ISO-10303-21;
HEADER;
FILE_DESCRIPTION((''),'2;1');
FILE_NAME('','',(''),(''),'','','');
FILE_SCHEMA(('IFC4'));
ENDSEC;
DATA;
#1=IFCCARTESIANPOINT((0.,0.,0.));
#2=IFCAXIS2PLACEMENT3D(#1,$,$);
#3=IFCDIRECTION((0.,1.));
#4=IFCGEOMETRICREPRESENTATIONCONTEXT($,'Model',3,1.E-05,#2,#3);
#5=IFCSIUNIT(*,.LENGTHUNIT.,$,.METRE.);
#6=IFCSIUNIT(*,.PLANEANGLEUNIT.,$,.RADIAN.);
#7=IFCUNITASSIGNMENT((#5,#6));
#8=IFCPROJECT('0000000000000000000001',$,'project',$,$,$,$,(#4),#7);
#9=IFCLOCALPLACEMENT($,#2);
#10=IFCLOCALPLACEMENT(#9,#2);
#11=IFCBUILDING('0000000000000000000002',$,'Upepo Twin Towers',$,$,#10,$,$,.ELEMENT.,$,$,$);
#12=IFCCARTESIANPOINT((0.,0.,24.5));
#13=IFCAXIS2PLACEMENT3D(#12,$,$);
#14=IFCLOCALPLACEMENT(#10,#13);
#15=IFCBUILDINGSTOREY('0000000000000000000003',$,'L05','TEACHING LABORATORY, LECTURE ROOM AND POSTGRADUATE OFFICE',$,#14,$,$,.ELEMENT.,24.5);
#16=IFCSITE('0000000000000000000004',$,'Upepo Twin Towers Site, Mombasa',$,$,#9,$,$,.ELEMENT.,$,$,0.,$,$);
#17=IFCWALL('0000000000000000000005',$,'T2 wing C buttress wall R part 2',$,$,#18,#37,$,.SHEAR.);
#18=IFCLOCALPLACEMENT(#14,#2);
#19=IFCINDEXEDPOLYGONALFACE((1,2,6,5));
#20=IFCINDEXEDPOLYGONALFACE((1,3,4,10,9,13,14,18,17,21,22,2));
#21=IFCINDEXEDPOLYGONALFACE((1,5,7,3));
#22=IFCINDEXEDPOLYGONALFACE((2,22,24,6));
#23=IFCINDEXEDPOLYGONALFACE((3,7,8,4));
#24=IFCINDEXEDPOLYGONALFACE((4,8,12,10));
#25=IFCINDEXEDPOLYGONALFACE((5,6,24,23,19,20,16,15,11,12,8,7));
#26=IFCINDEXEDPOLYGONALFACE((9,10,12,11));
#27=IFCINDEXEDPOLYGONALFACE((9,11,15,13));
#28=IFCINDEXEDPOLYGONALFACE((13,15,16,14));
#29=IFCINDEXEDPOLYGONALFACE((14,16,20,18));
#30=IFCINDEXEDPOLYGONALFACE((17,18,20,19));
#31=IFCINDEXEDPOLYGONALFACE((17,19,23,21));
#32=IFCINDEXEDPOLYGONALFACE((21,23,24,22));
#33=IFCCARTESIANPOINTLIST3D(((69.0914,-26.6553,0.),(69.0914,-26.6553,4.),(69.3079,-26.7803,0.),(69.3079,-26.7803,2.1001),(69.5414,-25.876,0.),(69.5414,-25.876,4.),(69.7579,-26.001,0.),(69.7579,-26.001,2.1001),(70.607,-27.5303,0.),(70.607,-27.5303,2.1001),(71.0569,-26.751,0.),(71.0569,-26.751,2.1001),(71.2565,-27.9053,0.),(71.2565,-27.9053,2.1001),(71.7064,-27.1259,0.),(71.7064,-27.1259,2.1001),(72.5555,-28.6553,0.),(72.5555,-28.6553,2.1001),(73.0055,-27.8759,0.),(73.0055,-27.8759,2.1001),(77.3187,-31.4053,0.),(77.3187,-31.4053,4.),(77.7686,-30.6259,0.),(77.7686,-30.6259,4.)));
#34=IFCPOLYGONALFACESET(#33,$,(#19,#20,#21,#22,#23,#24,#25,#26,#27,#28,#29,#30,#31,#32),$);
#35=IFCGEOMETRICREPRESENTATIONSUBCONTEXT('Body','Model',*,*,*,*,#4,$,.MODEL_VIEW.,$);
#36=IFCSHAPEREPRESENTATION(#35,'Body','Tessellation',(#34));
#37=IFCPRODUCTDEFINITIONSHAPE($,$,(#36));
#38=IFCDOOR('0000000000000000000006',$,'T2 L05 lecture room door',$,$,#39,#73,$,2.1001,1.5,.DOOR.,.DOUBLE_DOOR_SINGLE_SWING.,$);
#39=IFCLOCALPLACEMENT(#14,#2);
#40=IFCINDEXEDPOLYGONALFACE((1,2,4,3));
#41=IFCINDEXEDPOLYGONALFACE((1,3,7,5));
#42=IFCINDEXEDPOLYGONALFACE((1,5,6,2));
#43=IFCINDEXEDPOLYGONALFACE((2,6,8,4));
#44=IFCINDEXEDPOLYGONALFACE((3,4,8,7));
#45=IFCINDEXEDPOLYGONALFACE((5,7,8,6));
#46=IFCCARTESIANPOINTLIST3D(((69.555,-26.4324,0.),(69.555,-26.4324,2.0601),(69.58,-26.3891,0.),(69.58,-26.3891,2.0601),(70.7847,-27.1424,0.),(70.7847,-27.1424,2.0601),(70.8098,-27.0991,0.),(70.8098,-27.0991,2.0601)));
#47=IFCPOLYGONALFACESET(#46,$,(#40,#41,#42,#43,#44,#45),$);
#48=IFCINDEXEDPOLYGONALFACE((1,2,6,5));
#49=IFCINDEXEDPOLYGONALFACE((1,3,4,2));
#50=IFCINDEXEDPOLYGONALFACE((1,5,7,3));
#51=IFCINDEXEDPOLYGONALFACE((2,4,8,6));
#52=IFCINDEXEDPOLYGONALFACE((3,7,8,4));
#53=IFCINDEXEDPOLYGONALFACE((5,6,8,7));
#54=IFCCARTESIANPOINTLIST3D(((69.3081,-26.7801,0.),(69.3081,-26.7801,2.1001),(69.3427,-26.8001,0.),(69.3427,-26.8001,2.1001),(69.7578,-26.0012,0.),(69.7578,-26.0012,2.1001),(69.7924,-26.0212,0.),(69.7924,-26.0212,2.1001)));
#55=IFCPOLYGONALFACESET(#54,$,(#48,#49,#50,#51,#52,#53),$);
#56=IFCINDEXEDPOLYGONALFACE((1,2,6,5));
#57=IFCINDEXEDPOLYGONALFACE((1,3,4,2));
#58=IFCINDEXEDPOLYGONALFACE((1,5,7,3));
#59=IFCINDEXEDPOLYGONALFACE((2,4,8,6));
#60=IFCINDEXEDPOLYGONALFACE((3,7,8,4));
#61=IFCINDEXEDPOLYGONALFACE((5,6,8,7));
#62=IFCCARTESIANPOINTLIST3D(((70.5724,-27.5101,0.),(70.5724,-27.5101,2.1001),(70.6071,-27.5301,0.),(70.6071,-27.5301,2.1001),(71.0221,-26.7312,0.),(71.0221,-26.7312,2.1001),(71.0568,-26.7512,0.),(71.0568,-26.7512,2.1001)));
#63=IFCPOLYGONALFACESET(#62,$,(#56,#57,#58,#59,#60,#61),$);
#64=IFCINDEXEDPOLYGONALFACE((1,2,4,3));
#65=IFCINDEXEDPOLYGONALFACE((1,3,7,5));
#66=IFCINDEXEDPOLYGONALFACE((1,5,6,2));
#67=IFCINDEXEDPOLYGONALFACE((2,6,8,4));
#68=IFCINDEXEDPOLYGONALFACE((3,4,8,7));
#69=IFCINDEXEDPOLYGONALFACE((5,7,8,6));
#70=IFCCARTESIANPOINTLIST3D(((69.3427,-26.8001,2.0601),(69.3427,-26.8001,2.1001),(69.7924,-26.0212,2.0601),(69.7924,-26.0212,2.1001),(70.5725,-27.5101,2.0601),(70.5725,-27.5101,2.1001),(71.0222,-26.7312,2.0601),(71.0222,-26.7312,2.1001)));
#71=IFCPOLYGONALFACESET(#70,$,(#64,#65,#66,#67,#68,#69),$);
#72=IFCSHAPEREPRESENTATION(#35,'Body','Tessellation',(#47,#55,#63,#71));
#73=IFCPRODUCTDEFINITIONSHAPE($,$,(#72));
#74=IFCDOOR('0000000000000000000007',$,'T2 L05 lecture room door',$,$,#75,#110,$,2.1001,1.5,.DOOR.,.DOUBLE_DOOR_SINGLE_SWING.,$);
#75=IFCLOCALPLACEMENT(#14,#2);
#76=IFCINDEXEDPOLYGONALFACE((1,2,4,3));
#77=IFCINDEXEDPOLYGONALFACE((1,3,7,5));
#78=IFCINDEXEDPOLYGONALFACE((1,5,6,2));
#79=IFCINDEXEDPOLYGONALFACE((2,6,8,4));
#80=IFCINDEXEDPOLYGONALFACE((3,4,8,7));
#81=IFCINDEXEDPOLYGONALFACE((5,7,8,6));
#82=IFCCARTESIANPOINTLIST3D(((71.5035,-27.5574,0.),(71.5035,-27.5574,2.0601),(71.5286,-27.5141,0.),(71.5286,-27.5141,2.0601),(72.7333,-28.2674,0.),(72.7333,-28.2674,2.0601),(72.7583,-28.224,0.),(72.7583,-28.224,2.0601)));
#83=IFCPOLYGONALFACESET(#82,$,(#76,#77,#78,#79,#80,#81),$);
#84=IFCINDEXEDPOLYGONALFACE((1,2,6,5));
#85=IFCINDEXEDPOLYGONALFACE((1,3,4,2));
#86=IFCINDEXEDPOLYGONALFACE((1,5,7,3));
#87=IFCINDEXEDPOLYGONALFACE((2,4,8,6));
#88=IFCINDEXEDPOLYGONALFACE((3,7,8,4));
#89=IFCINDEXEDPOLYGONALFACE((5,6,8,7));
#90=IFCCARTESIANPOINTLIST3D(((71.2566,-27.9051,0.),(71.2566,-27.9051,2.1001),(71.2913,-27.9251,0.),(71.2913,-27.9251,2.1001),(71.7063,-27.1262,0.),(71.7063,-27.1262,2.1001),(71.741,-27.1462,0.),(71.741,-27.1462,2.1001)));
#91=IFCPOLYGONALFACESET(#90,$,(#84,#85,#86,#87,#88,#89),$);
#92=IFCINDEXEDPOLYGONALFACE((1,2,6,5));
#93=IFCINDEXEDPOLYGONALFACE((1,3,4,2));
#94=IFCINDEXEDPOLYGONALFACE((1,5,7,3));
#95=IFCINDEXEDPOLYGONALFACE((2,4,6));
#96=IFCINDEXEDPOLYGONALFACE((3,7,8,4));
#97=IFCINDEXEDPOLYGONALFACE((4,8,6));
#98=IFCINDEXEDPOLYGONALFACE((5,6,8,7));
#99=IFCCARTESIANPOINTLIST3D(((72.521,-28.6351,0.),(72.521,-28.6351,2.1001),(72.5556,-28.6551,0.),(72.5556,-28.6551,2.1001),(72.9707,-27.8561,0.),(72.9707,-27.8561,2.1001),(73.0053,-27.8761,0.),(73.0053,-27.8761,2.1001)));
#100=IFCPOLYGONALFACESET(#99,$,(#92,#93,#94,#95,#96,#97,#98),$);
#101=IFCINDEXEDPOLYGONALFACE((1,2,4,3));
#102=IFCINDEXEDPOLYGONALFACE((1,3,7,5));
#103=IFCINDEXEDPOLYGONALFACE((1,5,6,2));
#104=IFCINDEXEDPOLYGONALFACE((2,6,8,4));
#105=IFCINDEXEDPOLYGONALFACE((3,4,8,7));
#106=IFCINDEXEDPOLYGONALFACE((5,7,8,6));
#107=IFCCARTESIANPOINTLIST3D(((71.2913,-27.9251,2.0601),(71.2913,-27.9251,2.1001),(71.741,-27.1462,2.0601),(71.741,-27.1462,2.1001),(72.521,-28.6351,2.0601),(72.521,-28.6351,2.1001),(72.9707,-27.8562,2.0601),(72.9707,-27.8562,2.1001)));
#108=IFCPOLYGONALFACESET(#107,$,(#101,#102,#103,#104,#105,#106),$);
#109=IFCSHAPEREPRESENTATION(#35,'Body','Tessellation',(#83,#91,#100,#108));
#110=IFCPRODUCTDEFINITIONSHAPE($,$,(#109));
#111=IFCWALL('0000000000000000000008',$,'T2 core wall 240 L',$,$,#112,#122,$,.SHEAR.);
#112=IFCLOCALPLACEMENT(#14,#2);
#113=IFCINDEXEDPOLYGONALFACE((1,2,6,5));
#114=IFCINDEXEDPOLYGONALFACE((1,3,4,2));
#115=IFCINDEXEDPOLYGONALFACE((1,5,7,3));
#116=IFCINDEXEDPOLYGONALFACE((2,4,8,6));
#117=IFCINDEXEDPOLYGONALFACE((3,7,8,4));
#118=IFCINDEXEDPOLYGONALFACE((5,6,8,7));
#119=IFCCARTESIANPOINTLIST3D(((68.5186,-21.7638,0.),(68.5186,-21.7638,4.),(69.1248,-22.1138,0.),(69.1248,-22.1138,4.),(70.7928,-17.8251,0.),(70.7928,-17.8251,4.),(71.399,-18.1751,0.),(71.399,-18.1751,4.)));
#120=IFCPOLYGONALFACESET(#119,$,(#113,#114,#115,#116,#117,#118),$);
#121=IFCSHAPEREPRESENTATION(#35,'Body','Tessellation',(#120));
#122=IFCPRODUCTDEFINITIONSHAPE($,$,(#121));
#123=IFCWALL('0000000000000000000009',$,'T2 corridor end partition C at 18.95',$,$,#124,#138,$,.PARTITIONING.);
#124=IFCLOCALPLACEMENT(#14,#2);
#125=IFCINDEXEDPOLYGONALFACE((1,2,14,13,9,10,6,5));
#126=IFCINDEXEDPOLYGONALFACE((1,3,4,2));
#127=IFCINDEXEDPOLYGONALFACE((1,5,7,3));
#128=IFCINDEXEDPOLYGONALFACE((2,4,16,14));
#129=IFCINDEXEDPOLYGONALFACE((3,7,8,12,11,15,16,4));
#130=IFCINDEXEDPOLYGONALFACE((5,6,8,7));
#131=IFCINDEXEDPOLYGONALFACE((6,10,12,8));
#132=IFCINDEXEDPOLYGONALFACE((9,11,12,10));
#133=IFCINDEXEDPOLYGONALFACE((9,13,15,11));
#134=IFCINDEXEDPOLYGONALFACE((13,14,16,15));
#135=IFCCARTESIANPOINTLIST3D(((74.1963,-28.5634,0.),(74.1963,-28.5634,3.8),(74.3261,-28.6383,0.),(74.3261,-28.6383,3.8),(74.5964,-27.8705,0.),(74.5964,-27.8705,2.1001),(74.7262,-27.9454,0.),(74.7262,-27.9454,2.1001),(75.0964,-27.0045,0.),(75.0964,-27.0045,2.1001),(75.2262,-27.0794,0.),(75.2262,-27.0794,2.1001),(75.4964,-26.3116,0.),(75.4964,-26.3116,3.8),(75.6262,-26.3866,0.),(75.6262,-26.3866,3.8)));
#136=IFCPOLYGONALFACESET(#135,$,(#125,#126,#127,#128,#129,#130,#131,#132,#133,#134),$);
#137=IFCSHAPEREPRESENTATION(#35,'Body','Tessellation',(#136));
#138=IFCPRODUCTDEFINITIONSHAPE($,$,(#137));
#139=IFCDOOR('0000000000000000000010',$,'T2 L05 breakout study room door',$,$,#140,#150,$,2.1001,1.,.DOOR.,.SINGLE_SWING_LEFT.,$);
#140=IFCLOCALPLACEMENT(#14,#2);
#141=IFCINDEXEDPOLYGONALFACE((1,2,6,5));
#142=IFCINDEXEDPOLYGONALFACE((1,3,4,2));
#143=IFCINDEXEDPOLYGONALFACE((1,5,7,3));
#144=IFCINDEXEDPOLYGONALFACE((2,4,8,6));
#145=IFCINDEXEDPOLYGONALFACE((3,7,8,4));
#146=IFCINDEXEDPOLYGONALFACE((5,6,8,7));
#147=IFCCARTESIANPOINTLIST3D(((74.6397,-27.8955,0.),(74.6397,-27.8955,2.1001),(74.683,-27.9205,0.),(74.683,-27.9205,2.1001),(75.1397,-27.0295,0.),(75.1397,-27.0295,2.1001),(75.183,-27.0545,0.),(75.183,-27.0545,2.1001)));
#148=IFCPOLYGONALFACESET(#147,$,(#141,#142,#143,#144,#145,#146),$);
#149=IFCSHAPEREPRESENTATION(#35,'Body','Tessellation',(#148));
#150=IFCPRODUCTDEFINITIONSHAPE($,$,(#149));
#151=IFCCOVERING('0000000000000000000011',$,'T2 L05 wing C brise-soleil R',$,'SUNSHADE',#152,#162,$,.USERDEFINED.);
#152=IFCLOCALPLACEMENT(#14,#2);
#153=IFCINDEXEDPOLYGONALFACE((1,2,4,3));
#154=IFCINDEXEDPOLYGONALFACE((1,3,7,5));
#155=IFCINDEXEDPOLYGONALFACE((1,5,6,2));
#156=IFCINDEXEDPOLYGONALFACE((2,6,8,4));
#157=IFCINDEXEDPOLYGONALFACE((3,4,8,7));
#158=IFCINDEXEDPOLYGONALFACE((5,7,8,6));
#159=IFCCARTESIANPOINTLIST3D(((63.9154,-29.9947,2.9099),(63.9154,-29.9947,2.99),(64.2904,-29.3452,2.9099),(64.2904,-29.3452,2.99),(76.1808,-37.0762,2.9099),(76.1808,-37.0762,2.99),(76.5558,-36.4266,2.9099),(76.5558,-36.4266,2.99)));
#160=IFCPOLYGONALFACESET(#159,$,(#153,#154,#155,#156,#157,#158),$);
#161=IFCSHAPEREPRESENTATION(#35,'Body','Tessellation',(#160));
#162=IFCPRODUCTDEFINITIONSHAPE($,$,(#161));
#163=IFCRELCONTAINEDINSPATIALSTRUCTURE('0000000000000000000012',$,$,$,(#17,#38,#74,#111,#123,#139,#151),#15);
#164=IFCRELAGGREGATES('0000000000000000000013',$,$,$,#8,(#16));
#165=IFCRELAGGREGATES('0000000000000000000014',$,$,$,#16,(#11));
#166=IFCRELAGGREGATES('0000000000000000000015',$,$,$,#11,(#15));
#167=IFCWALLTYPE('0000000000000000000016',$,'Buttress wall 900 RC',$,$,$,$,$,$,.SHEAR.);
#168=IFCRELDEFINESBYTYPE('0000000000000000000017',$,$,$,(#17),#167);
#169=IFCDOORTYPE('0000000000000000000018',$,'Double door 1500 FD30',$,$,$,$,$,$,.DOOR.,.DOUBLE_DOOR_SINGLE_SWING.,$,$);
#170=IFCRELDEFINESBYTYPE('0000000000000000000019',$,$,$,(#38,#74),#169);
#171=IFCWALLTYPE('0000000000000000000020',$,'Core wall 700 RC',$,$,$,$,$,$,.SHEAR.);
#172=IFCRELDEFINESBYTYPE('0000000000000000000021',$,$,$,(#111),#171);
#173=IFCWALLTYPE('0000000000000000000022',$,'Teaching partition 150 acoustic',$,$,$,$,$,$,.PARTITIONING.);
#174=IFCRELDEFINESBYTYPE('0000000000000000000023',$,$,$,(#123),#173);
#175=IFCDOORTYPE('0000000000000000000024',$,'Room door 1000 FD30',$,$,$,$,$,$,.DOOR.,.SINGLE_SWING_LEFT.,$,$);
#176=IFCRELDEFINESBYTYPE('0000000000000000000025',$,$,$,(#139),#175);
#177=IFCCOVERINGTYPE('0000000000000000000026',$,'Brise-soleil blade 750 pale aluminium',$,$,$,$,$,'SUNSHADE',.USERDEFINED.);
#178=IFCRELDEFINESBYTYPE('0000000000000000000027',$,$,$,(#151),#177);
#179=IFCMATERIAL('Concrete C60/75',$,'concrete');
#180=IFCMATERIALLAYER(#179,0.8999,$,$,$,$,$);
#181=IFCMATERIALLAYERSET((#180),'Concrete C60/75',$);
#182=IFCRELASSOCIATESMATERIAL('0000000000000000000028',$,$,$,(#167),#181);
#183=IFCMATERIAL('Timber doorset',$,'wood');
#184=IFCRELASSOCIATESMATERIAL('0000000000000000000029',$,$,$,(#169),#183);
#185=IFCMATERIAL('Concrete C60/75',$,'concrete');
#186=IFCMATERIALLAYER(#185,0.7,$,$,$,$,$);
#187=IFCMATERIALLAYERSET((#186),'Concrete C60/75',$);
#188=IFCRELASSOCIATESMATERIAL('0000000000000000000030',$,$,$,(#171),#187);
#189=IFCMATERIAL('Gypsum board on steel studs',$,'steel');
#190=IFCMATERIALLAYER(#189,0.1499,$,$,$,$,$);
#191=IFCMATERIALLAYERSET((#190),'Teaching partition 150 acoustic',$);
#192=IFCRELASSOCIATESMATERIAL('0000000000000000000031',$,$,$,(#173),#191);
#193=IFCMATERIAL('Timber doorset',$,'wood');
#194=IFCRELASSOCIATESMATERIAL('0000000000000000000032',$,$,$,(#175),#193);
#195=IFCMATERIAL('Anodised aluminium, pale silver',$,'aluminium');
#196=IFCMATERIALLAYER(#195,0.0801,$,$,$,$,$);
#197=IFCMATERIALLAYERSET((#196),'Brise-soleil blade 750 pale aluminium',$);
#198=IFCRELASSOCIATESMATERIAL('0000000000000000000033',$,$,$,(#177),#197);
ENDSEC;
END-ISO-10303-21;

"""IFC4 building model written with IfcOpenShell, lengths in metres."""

from ifc_helpers import new_model, si_unit, direction, frame, frame_2d, origin, origin_2d, place, context, subcontext, project, spatial, rectangle, extrude, material, layer, layer_set, type_object, element, fill, save


model = new_model("IFC4")

# Units and contexts
model_context = context("Model", 3, precision=1e-05, world=origin(), true_north=direction((0.0, 1.0)))
body_context = subcontext(model_context, "Body", "Model", "MODEL_VIEW")
ifc_project = project(units=[si_unit("LENGTHUNIT", "METRE"), si_unit("PLANEANGLEUNIT", "RADIAN")], contexts=[model_context])

# Site, building, storey
site_placement = place(None, origin())
site = spatial("IfcSite", under=ifc_project, at=site_placement, Name="Upepo Twin Towers Site, Mombasa", CompositionType="ELEMENT", RefElevation=0.0)
building_placement = place(site_placement, origin())
building = spatial("IfcBuilding", under=site, at=building_placement, Name="Upepo Twin Towers", CompositionType="ELEMENT")
storey_placement = place(building_placement, frame((0.0, 0.0, 24.5)))
storey = spatial("IfcBuildingStorey", under=building, at=storey_placement, Name="L05", Description="TEACHING LABORATORY, LECTURE ROOM AND POSTGRADUATE OFFICE", CompositionType="ELEMENT", Elevation=24.5)

# Wall, openings, doors
ifc_material_1 = material(Name="Concrete C60/75", Category="concrete")
ifc_layer_1 = layer(ifc_material_1, 0.8999)
ifc_layer_set_1 = layer_set([ifc_layer_1], Name="Concrete C60/75")
wall_type_1 = type_object("IfcWallType", Name="Buttress wall 900 RC", PredefinedType="SHEAR", material=ifc_layer_set_1)
ifc_material_2 = material(Name="Timber doorset", Category="wood")
door_type_1 = type_object("IfcDoorType", Name="Double door 1500 FD30", OperationType="DOUBLE_DOOR_SINGLE_SWING", PredefinedType="DOOR", material=ifc_material_2)
wall_1_placement = place(storey_placement, frame((69.3164, -26.2656, 0.0), z_axis=(0.0, 0.0, 1.0), x_axis=(0.866027, -0.499998, 0.0)))
wall_1 = element("IfcWall", 1, at=wall_1_placement, inside=storey, type_object=wall_type_1, Name="T2 wing C buttress wall R part 2", PredefinedType="SHEAR", context=body_context, shape_type="SweptSolid", body=[
    extrude(rectangle(XDim=9.5, YDim=0.8999, at=frame_2d((4.75, 0.0))), origin(), (0.0, 0.0, 1.0), 4.0),
])
opening_1_placement = place(wall_1_placement, frame((0.25, 0.0, 0.0)))
opening_1 = element("IfcOpeningElement", 2, at=opening_1_placement, cuts=wall_1, PredefinedType="OPENING", context=body_context, shape_type="SweptSolid", body=[
    extrude(rectangle(XDim=1.5, YDim=2.1001, at=frame_2d((0.75, 1.05))), frame((0.0, 0.46, 0.0), z_axis=(0.0, -1.0, 0.0), x_axis=(1.0, 0.0, 0.0)), (0.0, 0.0, 1.0), 0.9199),
])
opening_2_placement = place(wall_1_placement, frame((2.5, 0.0, 0.0)))
opening_2 = element("IfcOpeningElement", 3, at=opening_2_placement, cuts=wall_1, PredefinedType="OPENING", context=body_context, shape_type="SweptSolid", body=[
    extrude(rectangle(XDim=1.5, YDim=2.1001, at=frame_2d((0.75, 1.05))), frame((0.0, 0.46, 0.0), z_axis=(0.0, -1.0, 0.0), x_axis=(1.0, 0.0, 0.0)), (0.0, 0.0, 1.0), 0.9199),
])
door_1_placement = place(opening_1_placement, origin())
door_1 = element("IfcDoor", 4, at=door_1_placement, inside=storey, type_object=door_type_1, Name="T2 L05 lecture room door", OperationType="DOUBLE_DOOR_SINGLE_SWING", OverallHeight=2.1001, OverallWidth=1.5, PredefinedType="DOOR", context=body_context, shape_type="SweptSolid", body=[
    extrude(rectangle(XDim=1.42, YDim=2.0601, at=frame_2d((0.75, 1.03))), frame((0.0, 0.0249, 0.0), z_axis=(0.0, -1.0, 0.0), x_axis=(1.0, 0.0, 0.0)), (0.0, 0.0, 1.0), 0.05),
    extrude(rectangle(XDim=0.04, YDim=2.1001, at=frame_2d((0.02, 1.05))), frame((0.0, 0.4497, 0.0), z_axis=(0.0, -1.0, 0.0), x_axis=(1.0, 0.0, 0.0)), (0.0, 0.0, 1.0), 0.8994),
    extrude(rectangle(XDim=0.04, YDim=2.1001, at=frame_2d((1.48, 1.05))), frame((0.0, 0.4497, 0.0), z_axis=(0.0, -1.0, 0.0), x_axis=(1.0, 0.0, 0.0)), (0.0, 0.0, 1.0), 0.8994),
    extrude(rectangle(XDim=1.42, YDim=0.04, at=frame_2d((0.75, 2.0801))), frame((0.0, 0.4497, 0.0), z_axis=(0.0, -1.0, 0.0), x_axis=(1.0, 0.0, 0.0)), (0.0, 0.0, 1.0), 0.8994),
])
fill(opening_1, door_1)
door_2_placement = place(opening_2_placement, origin())
door_2 = element("IfcDoor", 5, at=door_2_placement, inside=storey, type_object=door_type_1, Name="T2 L05 lecture room door", OperationType="DOUBLE_DOOR_SINGLE_SWING", OverallHeight=2.1001, OverallWidth=1.5, PredefinedType="DOOR", context=body_context, shape_type="SweptSolid", body=[
    extrude(rectangle(XDim=1.42, YDim=2.0601, at=frame_2d((0.75, 1.03))), frame((0.0, 0.0249, 0.0), z_axis=(0.0, -1.0, 0.0), x_axis=(1.0, 0.0, 0.0)), (0.0, 0.0, 1.0), 0.05),
    extrude(rectangle(XDim=0.04, YDim=2.1001, at=frame_2d((0.02, 1.05))), frame((0.0, 0.4497, 0.0), z_axis=(0.0, -1.0, 0.0), x_axis=(1.0, 0.0, 0.0)), (0.0, 0.0, 1.0), 0.8994),
    extrude(rectangle(XDim=0.04, YDim=2.1001, at=frame_2d((1.48, 1.05))), frame((0.0, 0.4497, 0.0), z_axis=(0.0, -1.0, 0.0), x_axis=(1.0, 0.0, 0.0)), (0.0, 0.0, 1.0), 0.8994),
    extrude(rectangle(XDim=1.42, YDim=0.04, at=frame_2d((0.75, 2.0801))), frame((0.0, 0.4497, 0.0), z_axis=(0.0, -1.0, 0.0), x_axis=(1.0, 0.0, 0.0)), (0.0, 0.0, 1.0), 0.8994),
])
fill(opening_2, door_2)

# Wall
ifc_material_3 = material(Name="Concrete C60/75", Category="concrete")
ifc_layer_2 = layer(ifc_material_3, 0.7)
ifc_layer_set_2 = layer_set([ifc_layer_2], Name="Concrete C60/75")
wall_type_2 = type_object("IfcWallType", Name="Core wall 700 RC", PredefinedType="SHEAR", material=ifc_layer_set_2)
wall_2_placement = place(storey_placement, frame((68.8218, -21.9387, 0.0), z_axis=(0.0, 0.0, 1.0), x_axis=(0.500024, 0.866011, 0.0)))
element("IfcWall", 6, at=wall_2_placement, inside=storey, type_object=wall_type_2, Name="T2 core wall 240 L", PredefinedType="SHEAR", context=body_context, shape_type="SweptSolid", body=[
    extrude(rectangle(XDim=4.5481, YDim=0.7, at=frame_2d((2.2739, 0.0))), origin(), (0.0, 0.0, 1.0), 4.0),
])

# Wall, opening, door
ifc_material_4 = material(Name="Gypsum board on steel studs", Category="steel")
ifc_layer_3 = layer(ifc_material_4, 0.1499)
ifc_layer_set_3 = layer_set([ifc_layer_3], Name="Teaching partition 150 acoustic")
wall_type_3 = type_object("IfcWallType", Name="Teaching partition 150 acoustic", PredefinedType="PARTITIONING", material=ifc_layer_set_3)
wall_3_placement = place(storey_placement, frame((74.2612, -28.6008, 0.0), z_axis=(0.0, 0.0, 1.0), x_axis=(0.500007, 0.866021, 0.0)))
wall_3 = element("IfcWall", 7, at=wall_3_placement, inside=storey, type_object=wall_type_3, Name="T2 corridor end partition C at 18.95", PredefinedType="PARTITIONING", context=body_context, shape_type="SweptSolid", body=[
    extrude(rectangle(XDim=2.6001, YDim=0.1499, at=frame_2d((1.3, 0.0))), origin(), (0.0, 0.0, 1.0), 3.8),
])
opening_3_placement = place(wall_3_placement, frame((0.8, 0.0, 0.0)))
opening_3 = element("IfcOpeningElement", 8, at=opening_3_placement, cuts=wall_3, PredefinedType="OPENING", context=body_context, shape_type="SweptSolid", body=[
    extrude(rectangle(XDim=1.0, YDim=2.1001, at=frame_2d((0.5, 1.05))), frame((0.0, 0.085, 0.0), z_axis=(0.0, -1.0, 0.0), x_axis=(1.0, 0.0, 0.0)), (0.0, 0.0, 1.0), 0.1699),
])
ifc_material_5 = material(Name="Timber doorset", Category="wood")
door_type_2 = type_object("IfcDoorType", Name="Room door 1000 FD30", OperationType="SINGLE_SWING_LEFT", PredefinedType="DOOR", material=ifc_material_5)
door_3_placement = place(opening_3_placement, origin())
door_3 = element("IfcDoor", 9, at=door_3_placement, inside=storey, type_object=door_type_2, Name="T2 L05 breakout study room door", OperationType="SINGLE_SWING_LEFT", OverallHeight=2.1001, OverallWidth=1.0, PredefinedType="DOOR", context=body_context, shape_type="SweptSolid", body=[
    extrude(rectangle(XDim=1.0, YDim=2.1001, at=frame_2d((0.5, 1.05))), frame((0.0, 0.0249, 0.0), z_axis=(0.0, -1.0, 0.0), x_axis=(1.0, 0.0, 0.0)), (0.0, 0.0, 1.0), 0.05),
])
fill(opening_3, door_3)

# Covering
ifc_material_6 = material(Name="Anodised aluminium, pale silver", Category="aluminium")
ifc_layer_4 = layer(ifc_material_6, 0.0801)
ifc_layer_set_4 = layer_set([ifc_layer_4], Name="Brise-soleil blade 750 pale aluminium")
covering_type = type_object("IfcCoveringType", Name="Brise-soleil blade 750 pale aluminium", ElementType="SUNSHADE", PredefinedType="USERDEFINED", material=ifc_layer_set_4)
covering_placement = place(storey_placement, frame((70.2356, -33.2107, 2.9099), z_axis=(0.0, 0.0, 1.0), x_axis=(0.866025, -0.5, 0.0)))
element("IfcCovering", 10, at=covering_placement, inside=storey, type_object=covering_type, Name="T2 L05 wing C brise-soleil R", ObjectType="SUNSHADE", PredefinedType="USERDEFINED", context=body_context, shape_type="SweptSolid", body=[
    extrude(rectangle(XDim=14.1628, YDim=0.75, at=origin_2d()), origin(), (0.0, 0.0, 1.0), 0.0801),
])

save(model, "model.ifc")
